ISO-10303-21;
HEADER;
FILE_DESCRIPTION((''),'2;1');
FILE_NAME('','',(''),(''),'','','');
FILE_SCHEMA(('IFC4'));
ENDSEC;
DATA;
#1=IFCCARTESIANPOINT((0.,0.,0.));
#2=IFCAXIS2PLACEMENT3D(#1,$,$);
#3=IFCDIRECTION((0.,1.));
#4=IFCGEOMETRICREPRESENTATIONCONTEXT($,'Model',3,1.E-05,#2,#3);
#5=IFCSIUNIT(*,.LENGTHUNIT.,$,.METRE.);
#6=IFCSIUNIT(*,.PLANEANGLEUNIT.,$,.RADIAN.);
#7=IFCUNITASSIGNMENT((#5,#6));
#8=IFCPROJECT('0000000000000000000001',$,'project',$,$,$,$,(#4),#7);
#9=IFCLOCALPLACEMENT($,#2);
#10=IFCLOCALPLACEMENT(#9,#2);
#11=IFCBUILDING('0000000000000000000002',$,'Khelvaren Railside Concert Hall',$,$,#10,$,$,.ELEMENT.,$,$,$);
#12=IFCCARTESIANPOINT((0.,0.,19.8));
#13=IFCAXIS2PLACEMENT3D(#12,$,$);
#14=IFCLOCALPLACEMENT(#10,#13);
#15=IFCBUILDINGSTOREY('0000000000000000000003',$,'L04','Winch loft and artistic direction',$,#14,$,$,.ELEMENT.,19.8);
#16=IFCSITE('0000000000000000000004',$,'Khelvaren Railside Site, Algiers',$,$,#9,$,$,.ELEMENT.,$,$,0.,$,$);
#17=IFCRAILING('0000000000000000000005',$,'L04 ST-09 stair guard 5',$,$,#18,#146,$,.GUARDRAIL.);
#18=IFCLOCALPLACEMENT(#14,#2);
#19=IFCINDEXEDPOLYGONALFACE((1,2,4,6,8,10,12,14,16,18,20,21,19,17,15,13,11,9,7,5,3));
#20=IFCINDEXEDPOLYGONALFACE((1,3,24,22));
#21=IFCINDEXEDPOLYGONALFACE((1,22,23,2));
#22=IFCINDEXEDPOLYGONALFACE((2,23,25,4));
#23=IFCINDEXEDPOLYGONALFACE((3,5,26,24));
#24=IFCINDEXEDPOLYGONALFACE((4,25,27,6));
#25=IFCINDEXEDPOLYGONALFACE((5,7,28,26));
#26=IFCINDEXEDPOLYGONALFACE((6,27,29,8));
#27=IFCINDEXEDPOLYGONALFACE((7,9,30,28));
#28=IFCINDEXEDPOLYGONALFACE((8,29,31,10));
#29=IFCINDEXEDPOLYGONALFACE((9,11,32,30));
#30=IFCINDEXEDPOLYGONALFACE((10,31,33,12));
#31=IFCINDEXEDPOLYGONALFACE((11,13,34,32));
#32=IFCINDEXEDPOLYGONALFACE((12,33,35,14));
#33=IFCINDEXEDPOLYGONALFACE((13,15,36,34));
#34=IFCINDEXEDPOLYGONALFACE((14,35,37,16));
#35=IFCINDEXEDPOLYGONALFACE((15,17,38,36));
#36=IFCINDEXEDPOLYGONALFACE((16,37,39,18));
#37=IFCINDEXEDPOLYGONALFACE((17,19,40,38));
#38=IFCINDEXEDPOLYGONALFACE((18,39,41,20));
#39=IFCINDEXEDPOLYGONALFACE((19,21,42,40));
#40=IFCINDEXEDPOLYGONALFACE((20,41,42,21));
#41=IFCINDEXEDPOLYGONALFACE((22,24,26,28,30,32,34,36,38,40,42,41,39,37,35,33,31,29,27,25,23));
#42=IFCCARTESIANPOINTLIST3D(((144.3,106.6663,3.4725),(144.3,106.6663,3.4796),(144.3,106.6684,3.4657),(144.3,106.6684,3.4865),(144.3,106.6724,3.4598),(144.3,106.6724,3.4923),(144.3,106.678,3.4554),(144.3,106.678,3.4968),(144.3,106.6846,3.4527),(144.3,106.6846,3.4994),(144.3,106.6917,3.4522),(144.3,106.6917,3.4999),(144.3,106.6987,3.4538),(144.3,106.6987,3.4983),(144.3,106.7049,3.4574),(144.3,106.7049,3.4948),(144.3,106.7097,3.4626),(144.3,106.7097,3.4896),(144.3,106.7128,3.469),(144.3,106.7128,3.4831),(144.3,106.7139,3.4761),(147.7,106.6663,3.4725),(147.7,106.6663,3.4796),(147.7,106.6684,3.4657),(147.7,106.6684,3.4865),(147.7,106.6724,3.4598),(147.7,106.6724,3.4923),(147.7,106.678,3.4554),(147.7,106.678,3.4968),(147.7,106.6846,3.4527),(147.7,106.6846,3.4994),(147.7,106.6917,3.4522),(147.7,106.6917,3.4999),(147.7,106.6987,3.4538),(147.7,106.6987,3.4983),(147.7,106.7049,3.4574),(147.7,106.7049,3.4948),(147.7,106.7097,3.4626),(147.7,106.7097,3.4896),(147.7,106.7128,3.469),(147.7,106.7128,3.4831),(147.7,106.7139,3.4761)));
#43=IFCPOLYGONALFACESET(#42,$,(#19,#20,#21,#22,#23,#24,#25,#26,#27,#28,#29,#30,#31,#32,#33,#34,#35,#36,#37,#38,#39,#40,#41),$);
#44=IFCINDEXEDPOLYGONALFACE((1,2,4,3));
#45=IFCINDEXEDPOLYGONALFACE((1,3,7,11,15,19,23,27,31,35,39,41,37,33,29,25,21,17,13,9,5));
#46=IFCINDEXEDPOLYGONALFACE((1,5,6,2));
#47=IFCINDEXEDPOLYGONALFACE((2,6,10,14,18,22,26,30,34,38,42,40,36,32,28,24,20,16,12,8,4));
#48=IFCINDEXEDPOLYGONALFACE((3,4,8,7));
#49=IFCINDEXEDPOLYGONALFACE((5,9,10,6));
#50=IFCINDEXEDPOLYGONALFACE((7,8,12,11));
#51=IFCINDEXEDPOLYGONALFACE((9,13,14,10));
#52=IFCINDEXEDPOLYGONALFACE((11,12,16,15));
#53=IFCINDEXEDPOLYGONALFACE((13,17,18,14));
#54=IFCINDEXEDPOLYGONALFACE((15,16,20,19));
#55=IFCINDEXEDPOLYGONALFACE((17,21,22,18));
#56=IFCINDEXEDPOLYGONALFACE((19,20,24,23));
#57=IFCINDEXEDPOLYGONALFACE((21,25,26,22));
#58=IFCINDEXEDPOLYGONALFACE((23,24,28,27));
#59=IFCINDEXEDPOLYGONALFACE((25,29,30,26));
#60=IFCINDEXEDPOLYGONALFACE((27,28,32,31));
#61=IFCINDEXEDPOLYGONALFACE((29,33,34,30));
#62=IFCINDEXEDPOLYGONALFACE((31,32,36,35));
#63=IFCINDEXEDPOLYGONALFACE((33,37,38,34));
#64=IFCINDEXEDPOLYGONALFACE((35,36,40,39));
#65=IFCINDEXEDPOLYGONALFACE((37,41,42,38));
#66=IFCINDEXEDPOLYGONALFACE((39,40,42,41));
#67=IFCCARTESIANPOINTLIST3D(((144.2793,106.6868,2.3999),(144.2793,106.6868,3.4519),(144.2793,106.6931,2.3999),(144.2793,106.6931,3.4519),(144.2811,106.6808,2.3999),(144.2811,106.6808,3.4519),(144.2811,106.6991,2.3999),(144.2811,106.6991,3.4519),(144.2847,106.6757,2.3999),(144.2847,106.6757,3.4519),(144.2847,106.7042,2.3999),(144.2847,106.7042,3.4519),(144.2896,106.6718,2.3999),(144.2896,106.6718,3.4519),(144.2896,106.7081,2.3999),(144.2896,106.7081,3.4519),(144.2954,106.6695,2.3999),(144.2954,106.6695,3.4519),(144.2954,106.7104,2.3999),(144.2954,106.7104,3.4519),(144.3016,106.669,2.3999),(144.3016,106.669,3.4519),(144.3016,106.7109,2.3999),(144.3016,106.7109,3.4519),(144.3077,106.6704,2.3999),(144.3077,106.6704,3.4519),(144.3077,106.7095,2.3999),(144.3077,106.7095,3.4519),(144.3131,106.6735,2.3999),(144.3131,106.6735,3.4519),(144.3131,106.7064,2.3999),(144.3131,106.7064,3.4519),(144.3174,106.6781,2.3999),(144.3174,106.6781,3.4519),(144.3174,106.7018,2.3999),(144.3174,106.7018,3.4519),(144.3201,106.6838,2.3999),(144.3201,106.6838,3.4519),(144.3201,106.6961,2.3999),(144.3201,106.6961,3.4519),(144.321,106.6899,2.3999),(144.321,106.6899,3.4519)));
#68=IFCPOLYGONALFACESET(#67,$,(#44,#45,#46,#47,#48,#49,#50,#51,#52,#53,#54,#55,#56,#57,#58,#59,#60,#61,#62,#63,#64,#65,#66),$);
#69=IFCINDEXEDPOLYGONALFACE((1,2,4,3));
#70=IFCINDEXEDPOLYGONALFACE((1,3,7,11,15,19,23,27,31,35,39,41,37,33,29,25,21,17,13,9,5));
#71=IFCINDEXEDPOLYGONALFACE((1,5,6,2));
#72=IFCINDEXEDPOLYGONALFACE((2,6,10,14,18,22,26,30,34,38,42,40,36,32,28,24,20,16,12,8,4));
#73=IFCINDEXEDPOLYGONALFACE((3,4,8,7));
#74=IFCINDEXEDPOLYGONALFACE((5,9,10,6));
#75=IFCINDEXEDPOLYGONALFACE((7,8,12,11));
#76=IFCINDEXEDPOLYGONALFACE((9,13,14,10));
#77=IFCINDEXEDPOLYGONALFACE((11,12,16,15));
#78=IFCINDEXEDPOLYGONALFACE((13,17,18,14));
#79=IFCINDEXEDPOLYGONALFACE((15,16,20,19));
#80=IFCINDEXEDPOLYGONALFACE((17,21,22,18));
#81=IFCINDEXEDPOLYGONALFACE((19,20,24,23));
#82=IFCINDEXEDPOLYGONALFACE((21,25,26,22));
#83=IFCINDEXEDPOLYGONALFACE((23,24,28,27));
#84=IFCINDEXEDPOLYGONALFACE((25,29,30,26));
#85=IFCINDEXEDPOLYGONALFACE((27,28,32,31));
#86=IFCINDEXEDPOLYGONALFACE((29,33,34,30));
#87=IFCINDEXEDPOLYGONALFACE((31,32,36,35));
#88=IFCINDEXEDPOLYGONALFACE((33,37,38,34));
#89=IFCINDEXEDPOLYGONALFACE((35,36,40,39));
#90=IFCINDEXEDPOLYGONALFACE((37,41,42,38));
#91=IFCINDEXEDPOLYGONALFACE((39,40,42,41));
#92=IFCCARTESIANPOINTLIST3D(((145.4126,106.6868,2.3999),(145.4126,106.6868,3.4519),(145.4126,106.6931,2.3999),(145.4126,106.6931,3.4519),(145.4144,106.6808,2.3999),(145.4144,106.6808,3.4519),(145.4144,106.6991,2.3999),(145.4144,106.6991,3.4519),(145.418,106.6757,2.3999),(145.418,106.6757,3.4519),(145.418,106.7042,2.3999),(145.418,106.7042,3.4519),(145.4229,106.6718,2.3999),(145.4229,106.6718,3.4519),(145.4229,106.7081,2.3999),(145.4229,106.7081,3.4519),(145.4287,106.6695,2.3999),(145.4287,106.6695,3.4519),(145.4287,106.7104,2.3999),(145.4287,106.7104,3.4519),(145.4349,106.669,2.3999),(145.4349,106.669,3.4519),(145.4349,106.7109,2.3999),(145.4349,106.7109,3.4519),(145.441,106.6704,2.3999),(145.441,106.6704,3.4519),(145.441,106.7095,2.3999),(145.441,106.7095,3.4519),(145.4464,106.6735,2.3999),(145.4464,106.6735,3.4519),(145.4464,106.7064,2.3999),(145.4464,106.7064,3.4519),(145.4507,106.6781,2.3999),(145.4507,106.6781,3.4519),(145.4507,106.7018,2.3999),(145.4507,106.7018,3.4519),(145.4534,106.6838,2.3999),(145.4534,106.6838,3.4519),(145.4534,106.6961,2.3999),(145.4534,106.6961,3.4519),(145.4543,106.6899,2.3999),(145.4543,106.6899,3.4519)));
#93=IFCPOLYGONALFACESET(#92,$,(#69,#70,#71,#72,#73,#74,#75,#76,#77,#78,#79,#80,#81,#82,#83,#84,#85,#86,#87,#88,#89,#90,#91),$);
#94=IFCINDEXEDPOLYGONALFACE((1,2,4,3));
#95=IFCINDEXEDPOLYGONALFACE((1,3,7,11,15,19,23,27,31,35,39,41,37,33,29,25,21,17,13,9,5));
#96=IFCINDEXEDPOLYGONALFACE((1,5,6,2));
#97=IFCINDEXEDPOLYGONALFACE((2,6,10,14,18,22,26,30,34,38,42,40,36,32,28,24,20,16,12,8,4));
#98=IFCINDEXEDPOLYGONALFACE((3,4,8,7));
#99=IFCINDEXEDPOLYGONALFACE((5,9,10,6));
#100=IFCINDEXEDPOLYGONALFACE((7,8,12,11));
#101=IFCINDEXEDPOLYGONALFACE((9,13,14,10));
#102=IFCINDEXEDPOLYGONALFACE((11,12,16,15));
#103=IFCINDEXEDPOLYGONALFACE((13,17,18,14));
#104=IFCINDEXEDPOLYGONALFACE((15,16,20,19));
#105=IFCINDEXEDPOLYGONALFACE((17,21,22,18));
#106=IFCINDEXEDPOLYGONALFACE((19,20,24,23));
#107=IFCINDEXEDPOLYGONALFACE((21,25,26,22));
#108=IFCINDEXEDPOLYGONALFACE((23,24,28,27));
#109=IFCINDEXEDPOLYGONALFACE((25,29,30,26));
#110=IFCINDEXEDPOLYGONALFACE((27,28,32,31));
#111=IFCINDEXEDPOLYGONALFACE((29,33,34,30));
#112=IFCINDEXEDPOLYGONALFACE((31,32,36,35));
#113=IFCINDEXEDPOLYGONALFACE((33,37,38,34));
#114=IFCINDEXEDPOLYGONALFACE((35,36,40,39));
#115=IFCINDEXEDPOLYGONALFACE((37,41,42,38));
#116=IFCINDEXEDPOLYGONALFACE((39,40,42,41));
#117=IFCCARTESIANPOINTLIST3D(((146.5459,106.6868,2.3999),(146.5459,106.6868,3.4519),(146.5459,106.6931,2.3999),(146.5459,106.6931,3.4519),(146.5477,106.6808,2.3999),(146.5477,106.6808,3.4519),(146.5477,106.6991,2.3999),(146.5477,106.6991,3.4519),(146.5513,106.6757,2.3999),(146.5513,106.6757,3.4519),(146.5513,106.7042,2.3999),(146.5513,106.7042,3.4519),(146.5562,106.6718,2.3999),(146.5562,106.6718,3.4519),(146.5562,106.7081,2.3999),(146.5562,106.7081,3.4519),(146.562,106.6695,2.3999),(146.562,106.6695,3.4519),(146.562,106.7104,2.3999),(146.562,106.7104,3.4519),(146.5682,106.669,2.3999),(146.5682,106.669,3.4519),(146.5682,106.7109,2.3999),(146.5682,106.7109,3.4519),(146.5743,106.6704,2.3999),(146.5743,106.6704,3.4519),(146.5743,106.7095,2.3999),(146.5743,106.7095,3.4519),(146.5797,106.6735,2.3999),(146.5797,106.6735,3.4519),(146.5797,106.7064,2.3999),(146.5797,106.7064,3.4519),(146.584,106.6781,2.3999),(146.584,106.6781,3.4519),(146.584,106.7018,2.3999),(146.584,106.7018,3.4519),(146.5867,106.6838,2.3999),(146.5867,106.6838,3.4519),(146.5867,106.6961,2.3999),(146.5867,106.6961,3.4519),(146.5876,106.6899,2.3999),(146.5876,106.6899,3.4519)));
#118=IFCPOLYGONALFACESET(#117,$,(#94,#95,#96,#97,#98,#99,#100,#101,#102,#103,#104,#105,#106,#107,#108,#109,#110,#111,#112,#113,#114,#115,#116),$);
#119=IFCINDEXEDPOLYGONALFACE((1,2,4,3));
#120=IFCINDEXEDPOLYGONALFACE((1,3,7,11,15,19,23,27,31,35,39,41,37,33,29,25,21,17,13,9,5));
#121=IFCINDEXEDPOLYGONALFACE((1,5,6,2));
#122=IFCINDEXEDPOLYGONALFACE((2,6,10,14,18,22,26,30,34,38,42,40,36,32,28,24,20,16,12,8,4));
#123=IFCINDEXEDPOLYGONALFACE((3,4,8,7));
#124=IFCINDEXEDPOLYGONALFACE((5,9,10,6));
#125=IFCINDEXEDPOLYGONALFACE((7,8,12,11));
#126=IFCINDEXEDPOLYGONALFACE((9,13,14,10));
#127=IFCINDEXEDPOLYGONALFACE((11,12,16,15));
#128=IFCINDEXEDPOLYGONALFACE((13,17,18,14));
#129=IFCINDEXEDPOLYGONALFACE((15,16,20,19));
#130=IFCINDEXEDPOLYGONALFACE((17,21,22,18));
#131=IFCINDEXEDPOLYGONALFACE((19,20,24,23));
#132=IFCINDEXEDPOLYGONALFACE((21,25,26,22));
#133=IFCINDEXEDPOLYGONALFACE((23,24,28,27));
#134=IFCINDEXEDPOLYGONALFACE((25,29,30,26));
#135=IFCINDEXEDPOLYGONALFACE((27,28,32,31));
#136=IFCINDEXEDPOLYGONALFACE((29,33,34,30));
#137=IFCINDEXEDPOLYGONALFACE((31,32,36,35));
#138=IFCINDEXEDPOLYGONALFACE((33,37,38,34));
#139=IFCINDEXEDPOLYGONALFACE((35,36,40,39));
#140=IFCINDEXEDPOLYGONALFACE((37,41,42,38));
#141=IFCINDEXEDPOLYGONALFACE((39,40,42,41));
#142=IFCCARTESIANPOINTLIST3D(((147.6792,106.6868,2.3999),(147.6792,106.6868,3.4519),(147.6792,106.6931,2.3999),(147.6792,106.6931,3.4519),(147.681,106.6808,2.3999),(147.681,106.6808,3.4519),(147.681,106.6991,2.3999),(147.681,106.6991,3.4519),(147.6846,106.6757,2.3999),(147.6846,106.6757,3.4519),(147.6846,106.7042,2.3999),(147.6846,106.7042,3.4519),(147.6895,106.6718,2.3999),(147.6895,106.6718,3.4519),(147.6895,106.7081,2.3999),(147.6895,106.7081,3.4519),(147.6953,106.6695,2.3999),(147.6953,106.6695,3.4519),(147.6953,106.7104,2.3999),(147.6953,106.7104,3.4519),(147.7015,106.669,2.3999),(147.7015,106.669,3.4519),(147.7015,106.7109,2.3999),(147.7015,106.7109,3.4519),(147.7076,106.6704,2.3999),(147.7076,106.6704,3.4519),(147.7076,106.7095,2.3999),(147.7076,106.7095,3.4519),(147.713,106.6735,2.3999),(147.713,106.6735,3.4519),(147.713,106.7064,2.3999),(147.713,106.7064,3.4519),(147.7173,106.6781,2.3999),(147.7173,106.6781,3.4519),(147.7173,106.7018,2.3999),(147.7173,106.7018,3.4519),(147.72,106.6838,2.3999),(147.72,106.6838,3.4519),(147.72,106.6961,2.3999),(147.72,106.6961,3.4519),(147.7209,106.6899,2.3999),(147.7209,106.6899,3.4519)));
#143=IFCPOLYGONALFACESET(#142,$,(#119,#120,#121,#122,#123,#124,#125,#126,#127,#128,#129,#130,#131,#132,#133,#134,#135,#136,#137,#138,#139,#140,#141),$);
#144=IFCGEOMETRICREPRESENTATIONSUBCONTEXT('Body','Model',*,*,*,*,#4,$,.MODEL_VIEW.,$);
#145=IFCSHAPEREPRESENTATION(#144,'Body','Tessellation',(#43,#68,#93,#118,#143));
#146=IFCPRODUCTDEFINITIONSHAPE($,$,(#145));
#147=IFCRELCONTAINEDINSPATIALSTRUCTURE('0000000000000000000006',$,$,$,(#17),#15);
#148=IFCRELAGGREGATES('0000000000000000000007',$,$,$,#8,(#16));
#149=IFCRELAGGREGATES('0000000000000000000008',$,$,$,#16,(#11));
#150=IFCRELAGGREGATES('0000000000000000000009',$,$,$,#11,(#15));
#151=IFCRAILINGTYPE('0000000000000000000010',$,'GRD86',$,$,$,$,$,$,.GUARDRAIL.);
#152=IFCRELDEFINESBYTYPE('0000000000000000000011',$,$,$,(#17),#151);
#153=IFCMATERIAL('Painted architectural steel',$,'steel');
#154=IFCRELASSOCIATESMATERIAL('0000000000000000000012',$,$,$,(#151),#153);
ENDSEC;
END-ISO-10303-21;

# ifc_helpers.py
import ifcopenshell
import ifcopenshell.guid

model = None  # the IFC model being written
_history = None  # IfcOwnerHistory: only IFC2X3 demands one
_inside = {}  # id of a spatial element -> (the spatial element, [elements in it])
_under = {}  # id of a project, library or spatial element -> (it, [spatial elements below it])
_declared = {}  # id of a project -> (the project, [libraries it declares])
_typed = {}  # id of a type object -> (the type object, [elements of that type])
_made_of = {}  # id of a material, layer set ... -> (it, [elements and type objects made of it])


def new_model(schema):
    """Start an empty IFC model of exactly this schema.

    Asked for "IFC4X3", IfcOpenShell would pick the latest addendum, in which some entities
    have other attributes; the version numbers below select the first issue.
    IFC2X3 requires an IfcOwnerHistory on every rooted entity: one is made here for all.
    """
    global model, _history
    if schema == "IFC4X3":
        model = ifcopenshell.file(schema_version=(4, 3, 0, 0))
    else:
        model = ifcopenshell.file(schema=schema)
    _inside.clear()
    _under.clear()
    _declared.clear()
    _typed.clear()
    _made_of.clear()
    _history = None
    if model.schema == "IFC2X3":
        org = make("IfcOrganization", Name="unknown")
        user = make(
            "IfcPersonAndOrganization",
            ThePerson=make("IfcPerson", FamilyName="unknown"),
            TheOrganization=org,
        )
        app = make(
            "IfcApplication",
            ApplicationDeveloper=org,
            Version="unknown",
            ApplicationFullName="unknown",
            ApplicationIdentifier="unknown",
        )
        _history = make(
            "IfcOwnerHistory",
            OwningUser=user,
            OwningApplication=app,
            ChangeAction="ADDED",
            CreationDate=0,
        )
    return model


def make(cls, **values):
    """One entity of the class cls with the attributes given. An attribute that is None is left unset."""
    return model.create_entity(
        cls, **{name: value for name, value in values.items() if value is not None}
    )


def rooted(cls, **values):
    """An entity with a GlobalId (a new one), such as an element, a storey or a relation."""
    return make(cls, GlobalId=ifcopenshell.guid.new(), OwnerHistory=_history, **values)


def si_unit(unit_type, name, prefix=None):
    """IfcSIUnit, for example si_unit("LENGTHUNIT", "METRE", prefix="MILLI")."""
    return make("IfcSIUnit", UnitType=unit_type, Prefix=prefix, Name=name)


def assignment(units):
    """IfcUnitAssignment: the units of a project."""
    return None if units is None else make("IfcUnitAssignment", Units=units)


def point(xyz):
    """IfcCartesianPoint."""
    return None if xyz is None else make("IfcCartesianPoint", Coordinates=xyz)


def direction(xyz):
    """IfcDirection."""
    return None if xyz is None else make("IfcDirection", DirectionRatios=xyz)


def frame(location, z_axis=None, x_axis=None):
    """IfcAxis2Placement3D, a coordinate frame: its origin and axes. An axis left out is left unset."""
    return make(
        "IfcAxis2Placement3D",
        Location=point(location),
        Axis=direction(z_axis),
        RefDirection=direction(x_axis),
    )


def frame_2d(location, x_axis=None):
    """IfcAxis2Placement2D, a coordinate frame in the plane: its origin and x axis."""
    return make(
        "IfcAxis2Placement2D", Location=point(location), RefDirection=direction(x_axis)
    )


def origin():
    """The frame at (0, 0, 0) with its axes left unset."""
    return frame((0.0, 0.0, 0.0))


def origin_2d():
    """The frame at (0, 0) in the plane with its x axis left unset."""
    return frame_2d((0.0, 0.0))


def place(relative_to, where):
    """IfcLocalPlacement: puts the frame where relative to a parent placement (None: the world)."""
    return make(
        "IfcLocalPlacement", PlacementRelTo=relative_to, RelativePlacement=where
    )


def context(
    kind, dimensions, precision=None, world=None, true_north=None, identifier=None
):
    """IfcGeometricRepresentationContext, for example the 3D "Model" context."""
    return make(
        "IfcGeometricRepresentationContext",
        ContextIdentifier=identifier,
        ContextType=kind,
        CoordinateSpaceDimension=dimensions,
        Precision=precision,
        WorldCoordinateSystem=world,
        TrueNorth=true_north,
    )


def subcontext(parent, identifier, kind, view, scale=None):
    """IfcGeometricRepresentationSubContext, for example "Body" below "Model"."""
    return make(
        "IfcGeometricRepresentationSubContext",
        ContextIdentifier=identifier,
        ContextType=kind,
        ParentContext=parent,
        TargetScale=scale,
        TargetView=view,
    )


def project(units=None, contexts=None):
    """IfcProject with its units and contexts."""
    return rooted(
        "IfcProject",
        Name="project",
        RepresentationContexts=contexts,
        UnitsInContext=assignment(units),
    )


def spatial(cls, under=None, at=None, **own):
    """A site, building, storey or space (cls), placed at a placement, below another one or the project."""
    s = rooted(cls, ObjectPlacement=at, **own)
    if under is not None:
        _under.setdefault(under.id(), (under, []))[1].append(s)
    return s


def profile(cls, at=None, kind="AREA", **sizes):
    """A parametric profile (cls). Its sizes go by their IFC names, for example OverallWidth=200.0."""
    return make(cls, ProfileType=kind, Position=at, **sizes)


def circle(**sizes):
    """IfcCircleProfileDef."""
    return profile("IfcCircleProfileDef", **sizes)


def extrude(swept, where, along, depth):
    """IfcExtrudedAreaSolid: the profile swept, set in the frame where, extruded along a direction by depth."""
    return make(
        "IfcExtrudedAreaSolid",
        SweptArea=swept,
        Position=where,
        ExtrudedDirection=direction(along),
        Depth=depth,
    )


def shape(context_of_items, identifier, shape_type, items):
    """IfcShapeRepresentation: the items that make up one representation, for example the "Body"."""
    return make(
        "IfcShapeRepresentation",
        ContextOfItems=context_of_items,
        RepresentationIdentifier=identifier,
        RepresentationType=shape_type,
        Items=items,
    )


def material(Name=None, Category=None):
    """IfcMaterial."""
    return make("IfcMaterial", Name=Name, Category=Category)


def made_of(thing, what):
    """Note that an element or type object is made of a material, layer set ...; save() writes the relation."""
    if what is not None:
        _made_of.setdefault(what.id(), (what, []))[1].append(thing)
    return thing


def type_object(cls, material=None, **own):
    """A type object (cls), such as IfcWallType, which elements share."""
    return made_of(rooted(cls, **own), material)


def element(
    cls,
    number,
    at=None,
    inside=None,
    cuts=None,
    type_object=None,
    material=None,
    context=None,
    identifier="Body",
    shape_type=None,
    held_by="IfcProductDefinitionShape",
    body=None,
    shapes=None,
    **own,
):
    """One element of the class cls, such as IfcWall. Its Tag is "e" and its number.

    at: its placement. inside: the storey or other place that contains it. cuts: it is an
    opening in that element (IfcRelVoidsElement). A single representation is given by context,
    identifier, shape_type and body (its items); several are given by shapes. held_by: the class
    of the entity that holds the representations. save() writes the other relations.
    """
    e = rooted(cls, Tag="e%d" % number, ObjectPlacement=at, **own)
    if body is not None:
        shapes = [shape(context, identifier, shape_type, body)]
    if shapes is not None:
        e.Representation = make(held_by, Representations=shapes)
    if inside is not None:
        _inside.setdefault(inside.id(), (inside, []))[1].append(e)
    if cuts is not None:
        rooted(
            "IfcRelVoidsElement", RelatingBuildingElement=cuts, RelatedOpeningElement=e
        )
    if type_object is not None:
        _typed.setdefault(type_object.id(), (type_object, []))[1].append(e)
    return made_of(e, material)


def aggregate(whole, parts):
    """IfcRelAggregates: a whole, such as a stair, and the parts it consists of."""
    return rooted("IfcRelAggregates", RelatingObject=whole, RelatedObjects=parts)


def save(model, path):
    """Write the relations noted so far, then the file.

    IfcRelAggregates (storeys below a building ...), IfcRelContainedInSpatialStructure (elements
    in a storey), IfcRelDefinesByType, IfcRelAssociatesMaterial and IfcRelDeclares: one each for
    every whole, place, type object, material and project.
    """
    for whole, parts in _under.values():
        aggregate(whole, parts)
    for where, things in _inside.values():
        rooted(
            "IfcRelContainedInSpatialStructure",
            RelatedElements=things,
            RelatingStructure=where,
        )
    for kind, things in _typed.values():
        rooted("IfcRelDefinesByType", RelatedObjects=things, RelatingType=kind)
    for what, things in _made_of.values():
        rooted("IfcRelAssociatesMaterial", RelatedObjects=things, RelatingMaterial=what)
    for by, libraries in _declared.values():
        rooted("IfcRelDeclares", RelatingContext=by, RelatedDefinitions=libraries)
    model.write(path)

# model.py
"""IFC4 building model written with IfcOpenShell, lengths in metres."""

from ifc_helpers import new_model, si_unit, direction, frame, origin, origin_2d, place, context, subcontext, project, spatial, circle, extrude, material, type_object, element, save


model = new_model("IFC4")

# Units and contexts
model_context = context("Model", 3, precision=1e-05, world=origin(), true_north=direction((0.0, 1.0)))
body_context = subcontext(model_context, "Body", "Model", "MODEL_VIEW")
ifc_project = project(units=[si_unit("LENGTHUNIT", "METRE"), si_unit("PLANEANGLEUNIT", "RADIAN")], contexts=[model_context])

# Site, building, storey
site_placement = place(None, origin())
site = spatial("IfcSite", under=ifc_project, at=site_placement, Name="Khelvaren Railside Site, Algiers", CompositionType="ELEMENT", RefElevation=0.0)
building_placement = place(site_placement, origin())
building = spatial("IfcBuilding", under=site, at=building_placement, Name="Khelvaren Railside Concert Hall", CompositionType="ELEMENT")
storey_placement = place(building_placement, frame((0.0, 0.0, 19.8)))
storey = spatial("IfcBuildingStorey", under=building, at=storey_placement, Name="L04", Description="Winch loft and artistic direction", CompositionType="ELEMENT", Elevation=19.8)

# Railing
ifc_material_1 = material(Name="Painted architectural steel", Category="steel")
railing_type = type_object("IfcRailingType", Name="GRD86", PredefinedType="GUARDRAIL", material=ifc_material_1)
railing_1_placement = place(storey_placement, frame((144.3, 106.6899, 2.3999)))
element("IfcRailing", 1, at=railing_1_placement, inside=storey, type_object=railing_type, Name="L04 ST-09 stair guard 5", PredefinedType="GUARDRAIL", context=body_context, shape_type="SweptSolid", body=[
    extrude(circle(Radius=0.0239, at=origin_2d()), frame((0.0, 0.0, 1.0762), z_axis=(1.0, 0.0, 0.0), x_axis=(0.0, 1.0, 0.0)), (0.0, 0.0, 1.0), 3.3999),
    extrude(circle(Radius=0.021, at=origin_2d()), origin(), (0.0, 0.0, 1.0), 1.052),
    extrude(circle(Radius=0.021, at=origin_2d()), frame((1.1333, 0.0, 0.0)), (0.0, 0.0, 1.0), 1.052),
    extrude(circle(Radius=0.021, at=origin_2d()), frame((2.2666, 0.0, 0.0)), (0.0, 0.0, 1.0), 1.052),
    extrude(circle(Radius=0.021, at=origin_2d()), frame((3.3999, 0.0, 0.0)), (0.0, 0.0, 1.0), 1.052),
])

save(model, "model.ifc")
